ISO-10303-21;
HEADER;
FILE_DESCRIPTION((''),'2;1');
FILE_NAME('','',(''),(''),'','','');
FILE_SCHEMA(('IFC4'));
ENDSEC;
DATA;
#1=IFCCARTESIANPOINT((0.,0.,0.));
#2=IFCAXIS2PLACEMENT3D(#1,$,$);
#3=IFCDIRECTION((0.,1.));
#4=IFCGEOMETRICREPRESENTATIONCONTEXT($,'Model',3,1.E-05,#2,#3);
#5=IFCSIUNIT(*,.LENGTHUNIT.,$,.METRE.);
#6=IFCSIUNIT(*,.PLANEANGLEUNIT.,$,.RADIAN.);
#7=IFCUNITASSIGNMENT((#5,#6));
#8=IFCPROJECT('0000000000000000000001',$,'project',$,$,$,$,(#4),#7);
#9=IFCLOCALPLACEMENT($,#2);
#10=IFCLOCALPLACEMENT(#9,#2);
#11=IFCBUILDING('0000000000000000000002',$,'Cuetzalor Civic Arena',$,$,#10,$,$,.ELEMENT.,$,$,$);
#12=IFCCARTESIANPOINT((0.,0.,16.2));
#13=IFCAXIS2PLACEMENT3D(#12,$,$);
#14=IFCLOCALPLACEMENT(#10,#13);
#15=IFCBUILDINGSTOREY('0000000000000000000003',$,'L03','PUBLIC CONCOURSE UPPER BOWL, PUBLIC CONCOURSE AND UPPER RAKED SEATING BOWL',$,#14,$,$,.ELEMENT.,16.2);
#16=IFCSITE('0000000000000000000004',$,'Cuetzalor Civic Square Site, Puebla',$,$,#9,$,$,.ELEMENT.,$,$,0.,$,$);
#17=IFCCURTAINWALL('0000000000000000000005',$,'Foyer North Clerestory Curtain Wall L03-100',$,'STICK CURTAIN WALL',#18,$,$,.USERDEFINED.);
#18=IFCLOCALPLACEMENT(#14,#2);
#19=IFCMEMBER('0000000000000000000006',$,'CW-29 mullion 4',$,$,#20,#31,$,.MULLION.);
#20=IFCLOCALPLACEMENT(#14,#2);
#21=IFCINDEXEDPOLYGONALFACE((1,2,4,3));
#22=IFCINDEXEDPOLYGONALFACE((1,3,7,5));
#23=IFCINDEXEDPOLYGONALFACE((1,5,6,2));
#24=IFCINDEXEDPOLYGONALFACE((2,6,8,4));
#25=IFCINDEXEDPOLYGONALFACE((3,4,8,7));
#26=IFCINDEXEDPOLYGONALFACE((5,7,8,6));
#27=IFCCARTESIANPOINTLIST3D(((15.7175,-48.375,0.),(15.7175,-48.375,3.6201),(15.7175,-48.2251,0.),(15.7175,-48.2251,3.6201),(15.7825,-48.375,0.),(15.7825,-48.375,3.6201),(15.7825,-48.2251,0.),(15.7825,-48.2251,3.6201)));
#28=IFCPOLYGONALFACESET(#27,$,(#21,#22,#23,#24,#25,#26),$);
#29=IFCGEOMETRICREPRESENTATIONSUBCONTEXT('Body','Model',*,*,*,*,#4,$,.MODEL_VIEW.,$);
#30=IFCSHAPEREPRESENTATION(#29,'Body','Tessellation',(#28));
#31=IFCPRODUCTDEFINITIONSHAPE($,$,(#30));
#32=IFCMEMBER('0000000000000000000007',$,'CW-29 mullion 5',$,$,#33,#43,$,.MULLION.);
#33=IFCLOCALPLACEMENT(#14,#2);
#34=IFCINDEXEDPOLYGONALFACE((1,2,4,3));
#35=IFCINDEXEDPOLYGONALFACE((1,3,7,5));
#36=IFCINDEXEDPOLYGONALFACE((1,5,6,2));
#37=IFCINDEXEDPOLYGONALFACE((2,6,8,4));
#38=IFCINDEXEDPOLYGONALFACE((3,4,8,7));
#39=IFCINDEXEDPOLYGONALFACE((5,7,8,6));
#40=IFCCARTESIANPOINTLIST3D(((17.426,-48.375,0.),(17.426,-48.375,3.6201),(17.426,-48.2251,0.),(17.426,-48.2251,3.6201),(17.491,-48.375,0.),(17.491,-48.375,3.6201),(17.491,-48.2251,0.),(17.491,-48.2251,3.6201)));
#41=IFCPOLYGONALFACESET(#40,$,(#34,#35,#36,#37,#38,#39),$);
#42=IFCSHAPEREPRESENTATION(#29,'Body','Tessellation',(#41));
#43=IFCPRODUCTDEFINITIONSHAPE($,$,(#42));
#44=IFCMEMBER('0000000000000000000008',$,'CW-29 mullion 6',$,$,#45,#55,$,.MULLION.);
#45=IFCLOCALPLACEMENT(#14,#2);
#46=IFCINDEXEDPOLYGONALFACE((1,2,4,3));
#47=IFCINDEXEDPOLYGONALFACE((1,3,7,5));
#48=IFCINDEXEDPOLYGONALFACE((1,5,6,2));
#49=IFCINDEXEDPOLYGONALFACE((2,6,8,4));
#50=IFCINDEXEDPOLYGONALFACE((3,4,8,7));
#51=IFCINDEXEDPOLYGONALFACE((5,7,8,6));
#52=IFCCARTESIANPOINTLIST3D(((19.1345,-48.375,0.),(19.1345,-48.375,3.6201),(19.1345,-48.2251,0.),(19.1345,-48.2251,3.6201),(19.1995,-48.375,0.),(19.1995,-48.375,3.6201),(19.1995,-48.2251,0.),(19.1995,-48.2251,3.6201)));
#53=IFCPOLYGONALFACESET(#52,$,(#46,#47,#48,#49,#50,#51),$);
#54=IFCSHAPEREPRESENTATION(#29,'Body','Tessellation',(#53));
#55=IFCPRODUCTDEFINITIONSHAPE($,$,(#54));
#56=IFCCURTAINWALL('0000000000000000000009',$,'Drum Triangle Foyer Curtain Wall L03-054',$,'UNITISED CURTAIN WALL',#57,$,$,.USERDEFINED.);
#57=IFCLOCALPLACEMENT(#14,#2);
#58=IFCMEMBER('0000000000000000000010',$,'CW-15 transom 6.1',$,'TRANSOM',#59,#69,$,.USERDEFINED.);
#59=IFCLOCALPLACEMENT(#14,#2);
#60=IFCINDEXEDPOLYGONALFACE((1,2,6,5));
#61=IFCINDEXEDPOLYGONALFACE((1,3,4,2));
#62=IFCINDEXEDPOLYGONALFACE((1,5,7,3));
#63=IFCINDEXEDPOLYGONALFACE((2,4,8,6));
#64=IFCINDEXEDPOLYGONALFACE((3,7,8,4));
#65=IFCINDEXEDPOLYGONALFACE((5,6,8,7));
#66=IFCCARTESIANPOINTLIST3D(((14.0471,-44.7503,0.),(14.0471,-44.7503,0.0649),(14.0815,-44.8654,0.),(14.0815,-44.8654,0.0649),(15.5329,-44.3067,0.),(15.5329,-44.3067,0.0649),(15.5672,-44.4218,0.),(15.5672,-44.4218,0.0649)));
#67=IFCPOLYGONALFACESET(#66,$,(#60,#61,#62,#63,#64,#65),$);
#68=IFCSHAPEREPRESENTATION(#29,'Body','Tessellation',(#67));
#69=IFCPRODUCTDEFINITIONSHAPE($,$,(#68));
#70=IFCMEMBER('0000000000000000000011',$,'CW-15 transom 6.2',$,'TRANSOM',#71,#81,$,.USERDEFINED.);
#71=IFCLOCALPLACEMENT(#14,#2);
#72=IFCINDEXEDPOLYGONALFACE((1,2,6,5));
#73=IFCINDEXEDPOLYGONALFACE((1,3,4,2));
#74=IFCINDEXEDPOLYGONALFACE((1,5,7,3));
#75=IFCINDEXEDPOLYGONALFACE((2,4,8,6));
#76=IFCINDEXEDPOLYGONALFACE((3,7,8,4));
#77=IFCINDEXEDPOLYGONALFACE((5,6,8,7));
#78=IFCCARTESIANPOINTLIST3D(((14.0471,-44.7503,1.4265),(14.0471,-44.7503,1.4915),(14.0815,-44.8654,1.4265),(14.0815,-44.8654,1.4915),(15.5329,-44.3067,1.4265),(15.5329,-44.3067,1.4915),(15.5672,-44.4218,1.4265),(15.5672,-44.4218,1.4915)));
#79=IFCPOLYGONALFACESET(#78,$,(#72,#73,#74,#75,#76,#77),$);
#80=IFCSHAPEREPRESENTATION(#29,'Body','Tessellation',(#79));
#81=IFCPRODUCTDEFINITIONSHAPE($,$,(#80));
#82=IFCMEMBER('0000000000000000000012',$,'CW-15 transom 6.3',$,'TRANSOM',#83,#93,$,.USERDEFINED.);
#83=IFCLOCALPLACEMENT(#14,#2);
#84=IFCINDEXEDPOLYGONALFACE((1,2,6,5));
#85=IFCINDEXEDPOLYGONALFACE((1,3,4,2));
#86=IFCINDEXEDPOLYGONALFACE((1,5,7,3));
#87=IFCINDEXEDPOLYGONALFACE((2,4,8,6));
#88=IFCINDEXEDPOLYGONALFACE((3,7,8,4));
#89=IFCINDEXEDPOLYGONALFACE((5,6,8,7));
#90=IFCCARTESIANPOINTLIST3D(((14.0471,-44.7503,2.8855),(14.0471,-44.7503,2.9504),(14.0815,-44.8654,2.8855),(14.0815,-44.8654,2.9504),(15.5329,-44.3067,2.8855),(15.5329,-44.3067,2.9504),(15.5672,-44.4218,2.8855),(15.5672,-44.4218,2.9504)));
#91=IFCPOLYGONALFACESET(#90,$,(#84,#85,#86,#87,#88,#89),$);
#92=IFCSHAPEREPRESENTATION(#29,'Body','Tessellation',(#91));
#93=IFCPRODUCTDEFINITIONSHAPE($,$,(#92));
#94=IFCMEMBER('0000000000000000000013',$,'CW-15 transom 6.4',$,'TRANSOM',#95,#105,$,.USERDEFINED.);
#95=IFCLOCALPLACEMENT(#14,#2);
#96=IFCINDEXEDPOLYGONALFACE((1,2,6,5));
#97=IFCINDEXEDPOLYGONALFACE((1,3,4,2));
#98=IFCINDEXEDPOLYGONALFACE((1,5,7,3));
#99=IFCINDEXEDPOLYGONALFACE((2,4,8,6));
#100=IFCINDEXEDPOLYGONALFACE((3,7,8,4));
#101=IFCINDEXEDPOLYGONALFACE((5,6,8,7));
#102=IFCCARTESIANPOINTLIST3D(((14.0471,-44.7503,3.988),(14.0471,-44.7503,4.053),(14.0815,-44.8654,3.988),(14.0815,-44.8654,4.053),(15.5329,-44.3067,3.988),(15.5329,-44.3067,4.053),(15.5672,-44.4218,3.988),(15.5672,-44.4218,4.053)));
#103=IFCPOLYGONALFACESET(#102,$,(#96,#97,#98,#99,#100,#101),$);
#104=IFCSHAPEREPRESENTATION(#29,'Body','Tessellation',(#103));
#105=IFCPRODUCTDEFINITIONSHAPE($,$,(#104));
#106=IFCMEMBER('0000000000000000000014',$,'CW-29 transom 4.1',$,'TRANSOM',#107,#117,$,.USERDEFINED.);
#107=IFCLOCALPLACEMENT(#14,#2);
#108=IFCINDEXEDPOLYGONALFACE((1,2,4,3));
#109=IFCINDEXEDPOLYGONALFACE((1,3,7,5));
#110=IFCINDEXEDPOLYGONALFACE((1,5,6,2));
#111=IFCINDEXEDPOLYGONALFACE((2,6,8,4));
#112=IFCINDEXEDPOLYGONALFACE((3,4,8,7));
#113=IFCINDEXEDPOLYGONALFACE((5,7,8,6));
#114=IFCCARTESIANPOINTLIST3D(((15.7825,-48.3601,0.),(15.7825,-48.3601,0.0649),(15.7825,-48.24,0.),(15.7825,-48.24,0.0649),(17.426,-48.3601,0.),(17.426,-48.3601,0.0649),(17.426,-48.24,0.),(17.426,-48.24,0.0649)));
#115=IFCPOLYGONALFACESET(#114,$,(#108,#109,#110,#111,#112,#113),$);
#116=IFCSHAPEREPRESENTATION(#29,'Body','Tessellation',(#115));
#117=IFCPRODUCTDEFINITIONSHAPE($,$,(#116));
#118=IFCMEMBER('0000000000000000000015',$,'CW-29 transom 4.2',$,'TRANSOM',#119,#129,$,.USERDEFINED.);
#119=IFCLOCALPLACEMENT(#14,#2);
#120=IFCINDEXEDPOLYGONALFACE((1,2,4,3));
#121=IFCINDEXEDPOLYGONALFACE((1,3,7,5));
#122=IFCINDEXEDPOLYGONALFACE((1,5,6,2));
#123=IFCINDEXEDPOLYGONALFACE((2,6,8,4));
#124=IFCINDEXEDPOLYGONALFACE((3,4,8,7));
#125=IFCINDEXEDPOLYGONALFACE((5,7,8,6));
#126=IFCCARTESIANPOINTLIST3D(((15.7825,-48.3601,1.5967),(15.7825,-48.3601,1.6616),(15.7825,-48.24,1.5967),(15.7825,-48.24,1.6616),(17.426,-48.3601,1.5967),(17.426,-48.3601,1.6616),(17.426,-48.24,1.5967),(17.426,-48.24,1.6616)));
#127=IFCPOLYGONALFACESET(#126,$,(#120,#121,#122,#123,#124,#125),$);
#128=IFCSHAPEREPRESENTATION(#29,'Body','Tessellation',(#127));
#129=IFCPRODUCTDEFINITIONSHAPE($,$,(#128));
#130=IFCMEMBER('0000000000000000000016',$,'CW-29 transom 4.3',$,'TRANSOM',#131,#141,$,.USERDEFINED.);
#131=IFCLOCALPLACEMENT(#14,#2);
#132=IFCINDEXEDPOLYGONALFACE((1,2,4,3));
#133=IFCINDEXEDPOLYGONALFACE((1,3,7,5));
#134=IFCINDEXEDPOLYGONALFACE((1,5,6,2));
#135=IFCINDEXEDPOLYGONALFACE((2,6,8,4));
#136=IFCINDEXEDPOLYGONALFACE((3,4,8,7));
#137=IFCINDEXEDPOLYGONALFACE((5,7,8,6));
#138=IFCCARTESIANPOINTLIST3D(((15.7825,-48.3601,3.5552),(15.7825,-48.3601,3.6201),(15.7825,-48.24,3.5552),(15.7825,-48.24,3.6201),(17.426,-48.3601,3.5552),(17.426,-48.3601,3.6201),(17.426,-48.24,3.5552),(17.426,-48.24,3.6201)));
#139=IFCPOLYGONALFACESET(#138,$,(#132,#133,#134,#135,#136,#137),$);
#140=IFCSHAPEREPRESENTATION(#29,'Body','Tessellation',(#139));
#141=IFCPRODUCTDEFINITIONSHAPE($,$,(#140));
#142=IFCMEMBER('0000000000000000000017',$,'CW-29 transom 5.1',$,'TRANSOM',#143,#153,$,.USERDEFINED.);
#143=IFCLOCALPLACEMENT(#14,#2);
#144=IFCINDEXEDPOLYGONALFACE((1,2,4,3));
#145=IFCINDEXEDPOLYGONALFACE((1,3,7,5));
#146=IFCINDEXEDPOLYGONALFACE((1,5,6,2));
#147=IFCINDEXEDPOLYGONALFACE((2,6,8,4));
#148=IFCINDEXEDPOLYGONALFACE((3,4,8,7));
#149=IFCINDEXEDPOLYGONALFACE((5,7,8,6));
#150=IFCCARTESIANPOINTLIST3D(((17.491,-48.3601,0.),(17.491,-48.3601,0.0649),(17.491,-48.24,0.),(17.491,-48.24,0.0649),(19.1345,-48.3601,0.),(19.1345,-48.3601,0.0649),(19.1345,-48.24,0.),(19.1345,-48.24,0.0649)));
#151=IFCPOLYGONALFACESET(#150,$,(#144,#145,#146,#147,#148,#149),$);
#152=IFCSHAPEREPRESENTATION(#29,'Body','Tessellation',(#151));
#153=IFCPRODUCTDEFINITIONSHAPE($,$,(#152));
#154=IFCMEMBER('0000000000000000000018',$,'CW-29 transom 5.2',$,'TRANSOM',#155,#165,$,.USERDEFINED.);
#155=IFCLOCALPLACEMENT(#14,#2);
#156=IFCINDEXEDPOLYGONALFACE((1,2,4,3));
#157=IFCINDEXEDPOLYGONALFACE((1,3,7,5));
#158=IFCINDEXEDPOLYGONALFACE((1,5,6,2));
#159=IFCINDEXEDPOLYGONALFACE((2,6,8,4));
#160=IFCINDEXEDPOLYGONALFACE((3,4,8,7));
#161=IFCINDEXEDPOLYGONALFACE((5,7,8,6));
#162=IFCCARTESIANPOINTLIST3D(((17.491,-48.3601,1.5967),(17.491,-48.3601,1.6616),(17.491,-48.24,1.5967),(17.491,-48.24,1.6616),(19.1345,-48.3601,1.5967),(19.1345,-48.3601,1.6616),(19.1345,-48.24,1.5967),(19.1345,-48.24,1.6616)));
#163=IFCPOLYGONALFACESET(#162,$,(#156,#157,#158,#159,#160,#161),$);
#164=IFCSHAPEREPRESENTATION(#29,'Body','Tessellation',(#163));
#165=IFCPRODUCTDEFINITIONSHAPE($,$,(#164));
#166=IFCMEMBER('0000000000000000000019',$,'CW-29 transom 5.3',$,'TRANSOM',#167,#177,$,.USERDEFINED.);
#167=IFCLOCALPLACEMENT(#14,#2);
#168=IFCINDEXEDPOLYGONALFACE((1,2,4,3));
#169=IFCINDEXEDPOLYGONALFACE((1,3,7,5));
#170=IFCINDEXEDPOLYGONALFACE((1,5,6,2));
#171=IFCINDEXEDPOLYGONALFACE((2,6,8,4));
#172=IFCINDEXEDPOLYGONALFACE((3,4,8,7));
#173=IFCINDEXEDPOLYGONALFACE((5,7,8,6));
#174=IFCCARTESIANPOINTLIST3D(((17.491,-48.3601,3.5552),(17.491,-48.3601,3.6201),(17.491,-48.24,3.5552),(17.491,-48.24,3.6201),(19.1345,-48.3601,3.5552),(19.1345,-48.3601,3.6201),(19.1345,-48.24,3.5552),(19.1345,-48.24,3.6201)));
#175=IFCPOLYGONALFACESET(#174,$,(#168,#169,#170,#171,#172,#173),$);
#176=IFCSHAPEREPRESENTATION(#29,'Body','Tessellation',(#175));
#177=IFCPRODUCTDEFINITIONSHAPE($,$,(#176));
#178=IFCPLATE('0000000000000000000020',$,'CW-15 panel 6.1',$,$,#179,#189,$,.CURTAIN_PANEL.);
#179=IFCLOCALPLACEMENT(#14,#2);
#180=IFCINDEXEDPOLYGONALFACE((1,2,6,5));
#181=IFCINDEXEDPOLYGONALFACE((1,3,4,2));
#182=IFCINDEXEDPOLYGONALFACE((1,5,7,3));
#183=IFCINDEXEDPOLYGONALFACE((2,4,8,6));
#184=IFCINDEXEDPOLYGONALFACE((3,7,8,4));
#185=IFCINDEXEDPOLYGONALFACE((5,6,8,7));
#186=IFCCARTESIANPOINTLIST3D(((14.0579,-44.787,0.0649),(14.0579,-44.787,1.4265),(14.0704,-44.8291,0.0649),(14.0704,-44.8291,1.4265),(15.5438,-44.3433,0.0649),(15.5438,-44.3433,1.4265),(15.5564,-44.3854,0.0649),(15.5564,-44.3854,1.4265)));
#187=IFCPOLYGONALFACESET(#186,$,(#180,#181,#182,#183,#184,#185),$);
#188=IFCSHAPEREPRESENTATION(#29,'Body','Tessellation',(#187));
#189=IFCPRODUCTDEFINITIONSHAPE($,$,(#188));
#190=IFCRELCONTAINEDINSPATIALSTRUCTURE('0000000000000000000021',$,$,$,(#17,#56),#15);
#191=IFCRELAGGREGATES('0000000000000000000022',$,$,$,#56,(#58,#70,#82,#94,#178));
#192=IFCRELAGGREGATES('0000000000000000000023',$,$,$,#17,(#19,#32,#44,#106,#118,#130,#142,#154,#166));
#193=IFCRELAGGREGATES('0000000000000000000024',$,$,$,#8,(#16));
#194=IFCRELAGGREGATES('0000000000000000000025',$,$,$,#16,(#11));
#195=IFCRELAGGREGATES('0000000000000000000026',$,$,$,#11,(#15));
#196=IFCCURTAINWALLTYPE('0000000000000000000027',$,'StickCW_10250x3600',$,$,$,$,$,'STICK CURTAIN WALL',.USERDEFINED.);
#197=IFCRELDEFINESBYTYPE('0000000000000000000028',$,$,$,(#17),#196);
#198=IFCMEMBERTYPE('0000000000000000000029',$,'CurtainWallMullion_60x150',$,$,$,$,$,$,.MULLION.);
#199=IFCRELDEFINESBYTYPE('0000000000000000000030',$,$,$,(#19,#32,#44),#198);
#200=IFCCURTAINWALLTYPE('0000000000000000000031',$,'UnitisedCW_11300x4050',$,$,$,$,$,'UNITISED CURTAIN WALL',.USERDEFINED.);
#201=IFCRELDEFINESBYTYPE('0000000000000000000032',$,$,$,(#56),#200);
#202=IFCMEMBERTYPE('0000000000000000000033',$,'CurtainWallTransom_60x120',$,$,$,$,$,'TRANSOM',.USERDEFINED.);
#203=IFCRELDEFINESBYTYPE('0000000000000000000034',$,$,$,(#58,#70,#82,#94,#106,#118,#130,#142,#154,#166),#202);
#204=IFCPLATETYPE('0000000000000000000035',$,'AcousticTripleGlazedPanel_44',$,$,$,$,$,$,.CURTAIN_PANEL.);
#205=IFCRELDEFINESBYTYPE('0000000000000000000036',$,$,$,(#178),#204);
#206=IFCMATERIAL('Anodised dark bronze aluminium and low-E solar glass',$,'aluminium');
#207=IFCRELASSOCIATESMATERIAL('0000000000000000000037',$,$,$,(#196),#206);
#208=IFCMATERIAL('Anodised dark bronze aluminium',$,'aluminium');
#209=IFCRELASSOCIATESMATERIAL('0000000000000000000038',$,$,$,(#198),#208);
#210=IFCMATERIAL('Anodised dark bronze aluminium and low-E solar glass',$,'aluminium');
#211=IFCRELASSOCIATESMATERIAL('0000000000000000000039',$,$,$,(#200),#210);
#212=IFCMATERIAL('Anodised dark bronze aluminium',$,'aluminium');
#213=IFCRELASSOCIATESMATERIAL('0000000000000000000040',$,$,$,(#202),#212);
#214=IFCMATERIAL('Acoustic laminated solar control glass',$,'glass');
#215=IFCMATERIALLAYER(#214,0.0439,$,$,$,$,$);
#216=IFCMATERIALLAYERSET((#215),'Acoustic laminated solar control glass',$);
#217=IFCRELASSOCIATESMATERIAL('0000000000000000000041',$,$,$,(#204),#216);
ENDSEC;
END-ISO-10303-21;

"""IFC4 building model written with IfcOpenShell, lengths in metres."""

from ifc_helpers import new_model, si_unit, direction, frame, origin, origin_2d, place, context, subcontext, project, spatial, rectangle, extrude, material, layer, layer_set, material_profile, profile_set, type_object, element, aggregate, save


model = new_model("IFC4")

# Units and contexts
model_context = context("Model", 3, precision=1e-05, world=origin(), true_north=direction((0.0, 1.0)))
body_context = subcontext(model_context, "Body", "Model", "MODEL_VIEW")
ifc_project = project(units=[si_unit("LENGTHUNIT", "METRE"), si_unit("PLANEANGLEUNIT", "RADIAN")], contexts=[model_context])

# Site, building, storey
site_placement = place(None, origin())
site = spatial("IfcSite", under=ifc_project, at=site_placement, Name="Cuetzalor Civic Square Site, Puebla", CompositionType="ELEMENT", RefElevation=0.0)
building_placement = place(site_placement, origin())
building = spatial("IfcBuilding", under=site, at=building_placement, Name="Cuetzalor Civic Arena", CompositionType="ELEMENT")
storey_placement = place(building_placement, frame((0.0, 0.0, 16.2)))
storey = spatial("IfcBuildingStorey", under=building, at=storey_placement, Name="L03", Description="PUBLIC CONCOURSE UPPER BOWL, PUBLIC CONCOURSE AND UPPER RAKED SEATING BOWL", CompositionType="ELEMENT", Elevation=16.2)

# Curtain walls, members
ifc_material_1 = material(Name="Anodised dark bronze aluminium and low-E solar glass", Category="aluminium")
curtain_wall_type_1 = type_object("IfcCurtainWallType", Name="StickCW_10250x3600", ElementType="STICK CURTAIN WALL", PredefinedType="USERDEFINED", material=ifc_material_1)
curtain_wall_1_placement = place(storey_placement, origin())
curtain_wall_1 = element("IfcCurtainWall", 1, at=curtain_wall_1_placement, inside=storey, type_object=curtain_wall_type_1, Name="Foyer North Clerestory Curtain Wall L03-100", ObjectType="STICK CURTAIN WALL", PredefinedType="USERDEFINED")
ifc_material_2 = material(Name="Anodised dark bronze aluminium", Category="aluminium")
ifc_material_profile_1 = material_profile(ifc_material_2, rectangle(XDim=0.0649, YDim=0.1499, at=origin_2d()), Name="ALU MULLION 65x150")
ifc_profile_set_1 = profile_set([ifc_material_profile_1], Name="Anodised dark bronze aluminium")
member_type_1 = type_object("IfcMemberType", Name="CurtainWallMullion_60x150", PredefinedType="MULLION", material=ifc_profile_set_1)
member_1_placement = place(storey_placement, frame((15.75, -48.3, 0.0), z_axis=(0.0, 0.0, 1.0), x_axis=(1.0, 0.0, 0.0)))
member_1 = element("IfcMember", 2, at=member_1_placement, type_object=member_type_1, Name="CW-29 mullion 4", PredefinedType="MULLION", context=body_context, shape_type="SweptSolid", body=[
    extrude(rectangle(XDim=0.0649, YDim=0.1499, at=origin_2d()), origin(), (0.0, 0.0, 1.0), 3.6201),
])
member_2_placement = place(storey_placement, frame((17.4585, -48.3, 0.0), z_axis=(0.0, 0.0, 1.0), x_axis=(1.0, 0.0, 0.0)))
member_2 = element("IfcMember", 3, at=member_2_placement, type_object=member_type_1, Name="CW-29 mullion 5", PredefinedType="MULLION", context=body_context, shape_type="SweptSolid", body=[
    extrude(rectangle(XDim=0.0649, YDim=0.1499, at=origin_2d()), origin(), (0.0, 0.0, 1.0), 3.6201),
])
member_3_placement = place(storey_placement, frame((19.167, -48.3, 0.0), z_axis=(0.0, 0.0, 1.0), x_axis=(1.0, 0.0, 0.0)))
member_3 = element("IfcMember", 4, at=member_3_placement, type_object=member_type_1, Name="CW-29 mullion 6", PredefinedType="MULLION", context=body_context, shape_type="SweptSolid", body=[
    extrude(rectangle(XDim=0.0649, YDim=0.1499, at=origin_2d()), origin(), (0.0, 0.0, 1.0), 3.6201),
])
ifc_material_3 = material(Name="Anodised dark bronze aluminium and low-E solar glass", Category="aluminium")
curtain_wall_type_2 = type_object("IfcCurtainWallType", Name="UnitisedCW_11300x4050", ElementType="UNITISED CURTAIN WALL", PredefinedType="USERDEFINED", material=ifc_material_3)
curtain_wall_2_placement = place(storey_placement, origin())
curtain_wall_2 = element("IfcCurtainWall", 5, at=curtain_wall_2_placement, inside=storey, type_object=curtain_wall_type_2, Name="Drum Triangle Foyer Curtain Wall L03-054", ObjectType="UNITISED CURTAIN WALL", PredefinedType="USERDEFINED")
ifc_material_4 = material(Name="Anodised dark bronze aluminium", Category="aluminium")
ifc_material_profile_2 = material_profile(ifc_material_4, rectangle(XDim=0.1201, YDim=0.0649, at=origin_2d()), Name="ALU TRANSOM 65x120")
ifc_profile_set_2 = profile_set([ifc_material_profile_2], Name="Anodised dark bronze aluminium")
member_type_2 = type_object("IfcMemberType", Name="CurtainWallTransom_60x120", ElementType="TRANSOM", PredefinedType="USERDEFINED", material=ifc_profile_set_2)
member_4_placement = place(storey_placement, frame((15.55, -44.3643, 0.0325), z_axis=(-0.958207, -0.286077, 0.0), x_axis=(0.286077, -0.958207, 0.0)))
member_4 = element("IfcMember", 6, at=member_4_placement, type_object=member_type_2, Name="CW-15 transom 6.1", ObjectType="TRANSOM", PredefinedType="USERDEFINED", context=body_context, shape_type="SweptSolid", body=[
    extrude(rectangle(XDim=0.1201, YDim=0.0649, at=origin_2d()), origin(), (0.0, 0.0, 1.0), 1.5505),
])
member_5_placement = place(storey_placement, frame((15.55, -44.3643, 1.459), z_axis=(-0.958207, -0.286077, 0.0), x_axis=(0.286077, -0.958207, 0.0)))
member_5 = element("IfcMember", 7, at=member_5_placement, type_object=member_type_2, Name="CW-15 transom 6.2", ObjectType="TRANSOM", PredefinedType="USERDEFINED", context=body_context, shape_type="SweptSolid", body=[
    extrude(rectangle(XDim=0.1201, YDim=0.0649, at=origin_2d()), origin(), (0.0, 0.0, 1.0), 1.5505),
])
member_6_placement = place(storey_placement, frame((15.55, -44.3643, 2.918), z_axis=(-0.958207, -0.286077, 0.0), x_axis=(0.286077, -0.958207, 0.0)))
member_6 = element("IfcMember", 8, at=member_6_placement, type_object=member_type_2, Name="CW-15 transom 6.3", ObjectType="TRANSOM", PredefinedType="USERDEFINED", context=body_context, shape_type="SweptSolid", body=[
    extrude(rectangle(XDim=0.1201, YDim=0.0649, at=origin_2d()), origin(), (0.0, 0.0, 1.0), 1.5505),
])
member_7_placement = place(storey_placement, frame((15.55, -44.3643, 4.0205), z_axis=(-0.958207, -0.286077, 0.0), x_axis=(0.286077, -0.958207, 0.0)))
member_7 = element("IfcMember", 9, at=member_7_placement, type_object=member_type_2, Name="CW-15 transom 6.4", ObjectType="TRANSOM", PredefinedType="USERDEFINED", context=body_context, shape_type="SweptSolid", body=[
    extrude(rectangle(XDim=0.1201, YDim=0.0649, at=origin_2d()), origin(), (0.0, 0.0, 1.0), 1.5505),
])

# Members
member_8_placement = place(storey_placement, frame((15.7825, -48.3, 0.0325), z_axis=(1.0, 0.0, 0.0), x_axis=(0.0, 1.0, 0.0)))
member_8 = element("IfcMember", 10, at=member_8_placement, type_object=member_type_2, Name="CW-29 transom 4.1", ObjectType="TRANSOM", PredefinedType="USERDEFINED", context=body_context, shape_type="SweptSolid", body=[
    extrude(rectangle(XDim=0.1201, YDim=0.0649, at=origin_2d()), origin(), (0.0, 0.0, 1.0), 1.6436),
])
member_9_placement = place(storey_placement, frame((15.7825, -48.3, 1.6292), z_axis=(1.0, 0.0, 0.0), x_axis=(0.0, 1.0, 0.0)))
member_9 = element("IfcMember", 11, at=member_9_placement, type_object=member_type_2, Name="CW-29 transom 4.2", ObjectType="TRANSOM", PredefinedType="USERDEFINED", context=body_context, shape_type="SweptSolid", body=[
    extrude(rectangle(XDim=0.1201, YDim=0.0649, at=origin_2d()), origin(), (0.0, 0.0, 1.0), 1.6436),
])
member_10_placement = place(storey_placement, frame((15.7825, -48.3, 3.5876), z_axis=(1.0, 0.0, 0.0), x_axis=(0.0, 1.0, 0.0)))
member_10 = element("IfcMember", 12, at=member_10_placement, type_object=member_type_2, Name="CW-29 transom 4.3", ObjectType="TRANSOM", PredefinedType="USERDEFINED", context=body_context, shape_type="SweptSolid", body=[
    extrude(rectangle(XDim=0.1201, YDim=0.0649, at=origin_2d()), origin(), (0.0, 0.0, 1.0), 1.6436),
])
member_11_placement = place(storey_placement, frame((17.491, -48.3, 0.0325), z_axis=(1.0, 0.0, 0.0), x_axis=(0.0, 1.0, 0.0)))
member_11 = element("IfcMember", 13, at=member_11_placement, type_object=member_type_2, Name="CW-29 transom 5.1", ObjectType="TRANSOM", PredefinedType="USERDEFINED", context=body_context, shape_type="SweptSolid", body=[
    extrude(rectangle(XDim=0.1201, YDim=0.0649, at=origin_2d()), origin(), (0.0, 0.0, 1.0), 1.6436),
])
member_12_placement = place(storey_placement, frame((17.491, -48.3, 1.6292), z_axis=(1.0, 0.0, 0.0), x_axis=(0.0, 1.0, 0.0)))
member_12 = element("IfcMember", 14, at=member_12_placement, type_object=member_type_2, Name="CW-29 transom 5.2", ObjectType="TRANSOM", PredefinedType="USERDEFINED", context=body_context, shape_type="SweptSolid", body=[
    extrude(rectangle(XDim=0.1201, YDim=0.0649, at=origin_2d()), origin(), (0.0, 0.0, 1.0), 1.6436),
])
member_13_placement = place(storey_placement, frame((17.491, -48.3, 3.5876), z_axis=(1.0, 0.0, 0.0), x_axis=(0.0, 1.0, 0.0)))
member_13 = element("IfcMember", 15, at=member_13_placement, type_object=member_type_2, Name="CW-29 transom 5.3", ObjectType="TRANSOM", PredefinedType="USERDEFINED", context=body_context, shape_type="SweptSolid", body=[
    extrude(rectangle(XDim=0.1201, YDim=0.0649, at=origin_2d()), origin(), (0.0, 0.0, 1.0), 1.6436),
])

# Plate
ifc_material_5 = material(Name="Acoustic laminated solar control glass", Category="glass")
ifc_layer_1 = layer(ifc_material_5, 0.0439)
ifc_layer_set_1 = layer_set([ifc_layer_1], Name="Acoustic laminated solar control glass")
plate_type_1 = type_object("IfcPlateType", Name="AcousticTripleGlazedPanel_44", PredefinedType="CURTAIN_PANEL", material=ifc_layer_set_1)
plate_1_placement = place(storey_placement, frame((14.8071, -44.5862, 0.0649), z_axis=(0.0, 0.0, 1.0), x_axis=(-0.958194, -0.28612, 0.0)))
plate_1 = element("IfcPlate", 16, at=plate_1_placement, type_object=plate_type_1, Name="CW-15 panel 6.1", PredefinedType="CURTAIN_PANEL", context=body_context, shape_type="SweptSolid", body=[
    extrude(rectangle(XDim=1.5508, YDim=0.0439, at=origin_2d()), origin(), (0.0, 0.0, 1.0), 1.3616),
])
aggregate(curtain_wall_2, [member_4, member_5, member_6, member_7, plate_1])
aggregate(curtain_wall_1, [member_1, member_2, member_3, member_8, member_9, member_10, member_11, member_12, member_13])

save(model, "model.ifc")
